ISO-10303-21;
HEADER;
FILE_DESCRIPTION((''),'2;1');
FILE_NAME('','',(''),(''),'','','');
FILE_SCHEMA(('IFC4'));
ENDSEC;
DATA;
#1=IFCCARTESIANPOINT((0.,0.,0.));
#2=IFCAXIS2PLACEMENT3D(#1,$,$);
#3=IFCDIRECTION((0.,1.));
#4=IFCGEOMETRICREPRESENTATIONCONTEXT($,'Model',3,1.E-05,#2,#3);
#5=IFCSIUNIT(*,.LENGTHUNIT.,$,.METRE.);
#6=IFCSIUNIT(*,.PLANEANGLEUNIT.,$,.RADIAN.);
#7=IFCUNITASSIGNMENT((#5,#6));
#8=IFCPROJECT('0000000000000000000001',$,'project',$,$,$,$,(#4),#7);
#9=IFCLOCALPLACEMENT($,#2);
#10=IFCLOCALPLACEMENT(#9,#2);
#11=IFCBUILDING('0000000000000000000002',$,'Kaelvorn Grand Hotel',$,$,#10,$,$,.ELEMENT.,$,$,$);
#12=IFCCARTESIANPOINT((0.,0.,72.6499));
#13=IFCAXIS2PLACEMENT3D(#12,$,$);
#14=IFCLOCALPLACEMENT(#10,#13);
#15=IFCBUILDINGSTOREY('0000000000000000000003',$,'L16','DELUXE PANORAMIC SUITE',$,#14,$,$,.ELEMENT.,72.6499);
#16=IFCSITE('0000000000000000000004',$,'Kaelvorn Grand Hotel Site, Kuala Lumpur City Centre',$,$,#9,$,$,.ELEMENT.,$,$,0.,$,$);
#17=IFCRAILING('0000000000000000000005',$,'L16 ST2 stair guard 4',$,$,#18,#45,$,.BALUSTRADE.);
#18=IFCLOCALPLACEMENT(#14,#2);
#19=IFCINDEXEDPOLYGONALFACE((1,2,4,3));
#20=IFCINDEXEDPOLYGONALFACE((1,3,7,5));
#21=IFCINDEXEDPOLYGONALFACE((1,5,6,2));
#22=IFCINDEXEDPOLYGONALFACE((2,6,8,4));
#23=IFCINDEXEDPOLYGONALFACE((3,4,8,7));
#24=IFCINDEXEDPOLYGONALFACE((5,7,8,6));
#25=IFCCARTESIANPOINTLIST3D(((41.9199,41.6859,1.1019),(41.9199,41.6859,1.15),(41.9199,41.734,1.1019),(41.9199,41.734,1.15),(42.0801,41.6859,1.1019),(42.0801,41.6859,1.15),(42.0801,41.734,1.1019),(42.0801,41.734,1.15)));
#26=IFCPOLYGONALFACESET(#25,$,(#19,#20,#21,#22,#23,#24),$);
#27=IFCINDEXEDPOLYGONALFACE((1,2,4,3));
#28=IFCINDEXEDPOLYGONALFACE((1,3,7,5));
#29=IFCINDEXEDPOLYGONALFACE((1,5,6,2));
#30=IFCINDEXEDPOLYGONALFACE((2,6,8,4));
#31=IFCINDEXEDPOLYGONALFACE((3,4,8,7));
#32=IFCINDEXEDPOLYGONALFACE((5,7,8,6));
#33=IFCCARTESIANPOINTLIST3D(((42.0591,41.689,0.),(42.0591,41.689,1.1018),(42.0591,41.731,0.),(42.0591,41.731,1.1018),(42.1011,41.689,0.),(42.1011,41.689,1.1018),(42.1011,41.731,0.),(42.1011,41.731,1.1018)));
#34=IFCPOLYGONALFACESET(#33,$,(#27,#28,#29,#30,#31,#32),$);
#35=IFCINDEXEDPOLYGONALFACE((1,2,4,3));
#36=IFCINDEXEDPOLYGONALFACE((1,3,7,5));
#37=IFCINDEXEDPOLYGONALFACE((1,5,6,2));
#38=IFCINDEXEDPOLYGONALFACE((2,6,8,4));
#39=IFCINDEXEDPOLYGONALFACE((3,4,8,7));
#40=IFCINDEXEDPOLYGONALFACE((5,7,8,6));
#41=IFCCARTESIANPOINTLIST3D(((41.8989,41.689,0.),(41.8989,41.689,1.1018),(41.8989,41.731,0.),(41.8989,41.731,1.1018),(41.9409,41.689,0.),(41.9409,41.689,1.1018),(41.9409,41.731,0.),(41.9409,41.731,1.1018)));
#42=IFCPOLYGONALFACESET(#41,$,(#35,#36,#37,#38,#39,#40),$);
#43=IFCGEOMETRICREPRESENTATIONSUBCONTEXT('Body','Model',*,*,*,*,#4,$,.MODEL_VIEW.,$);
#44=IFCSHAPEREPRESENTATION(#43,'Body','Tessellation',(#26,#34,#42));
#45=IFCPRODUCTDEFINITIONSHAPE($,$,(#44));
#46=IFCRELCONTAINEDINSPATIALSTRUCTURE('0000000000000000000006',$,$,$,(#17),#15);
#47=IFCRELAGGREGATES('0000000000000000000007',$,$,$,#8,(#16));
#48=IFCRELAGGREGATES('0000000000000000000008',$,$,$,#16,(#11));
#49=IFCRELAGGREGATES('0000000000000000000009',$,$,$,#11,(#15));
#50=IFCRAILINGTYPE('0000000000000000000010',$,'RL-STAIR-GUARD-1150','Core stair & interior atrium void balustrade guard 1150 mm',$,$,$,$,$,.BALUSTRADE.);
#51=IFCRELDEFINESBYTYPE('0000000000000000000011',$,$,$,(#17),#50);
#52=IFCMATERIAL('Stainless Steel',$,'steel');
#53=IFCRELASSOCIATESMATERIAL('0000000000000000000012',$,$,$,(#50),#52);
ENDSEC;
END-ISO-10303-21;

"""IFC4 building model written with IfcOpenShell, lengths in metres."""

from ifc_helpers import new_model, si_unit, direction, frame, origin, origin_2d, place, context, subcontext, project, spatial, rectangle, extrude, material, type_object, element, save


model = new_model("IFC4")

# Units and contexts
model_context = context("Model", 3, precision=1e-05, world=origin(), true_north=direction((0.0, 1.0)))
body_context = subcontext(model_context, "Body", "Model", "MODEL_VIEW")
ifc_project = project(units=[si_unit("LENGTHUNIT", "METRE"), si_unit("PLANEANGLEUNIT", "RADIAN")], contexts=[model_context])

# Site, building, storey
site_placement = place(None, origin())
site = spatial("IfcSite", under=ifc_project, at=site_placement, Name="Kaelvorn Grand Hotel Site, Kuala Lumpur City Centre", CompositionType="ELEMENT", RefElevation=0.0)
building_placement = place(site_placement, origin())
building = spatial("IfcBuilding", under=site, at=building_placement, Name="Kaelvorn Grand Hotel", CompositionType="ELEMENT")
storey_placement = place(building_placement, frame((0.0, 0.0, 72.6499)))
storey = spatial("IfcBuildingStorey", under=building, at=storey_placement, Name="L16", Description="DELUXE PANORAMIC SUITE", CompositionType="ELEMENT", Elevation=72.6499)

# Railing
ifc_material_1 = material(Name="Stainless Steel", Category="steel")
railing_type_1 = type_object("IfcRailingType", Name="RL-STAIR-GUARD-1150", Description="Core stair & interior atrium void balustrade guard 1150 mm", PredefinedType="BALUSTRADE", material=ifc_material_1)
railing_1_placement = place(storey_placement, frame((42.0801, 41.71, 0.0)))
element("IfcRailing", 1, at=railing_1_placement, inside=storey, type_object=railing_type_1, Name="L16 ST2 stair guard 4", PredefinedType="BALUSTRADE", context=body_context, shape_type="SweptSolid", body=[
    extrude(rectangle(XDim=0.0481, YDim=0.0481, at=origin_2d()), frame((0.0, 0.0, 1.126), z_axis=(-1.0, 0.0, 0.0), x_axis=(0.0, -1.0, 0.0)), (0.0, 0.0, 1.0), 0.1602),
    extrude(rectangle(XDim=0.042, YDim=0.042, at=origin_2d()), origin(), (0.0, 0.0, 1.0), 1.1018),
    extrude(rectangle(XDim=0.042, YDim=0.042, at=origin_2d()), frame((-0.1602, 0.0, 0.0)), (0.0, 0.0, 1.0), 1.1018),
])

save(model, "model.ifc")
